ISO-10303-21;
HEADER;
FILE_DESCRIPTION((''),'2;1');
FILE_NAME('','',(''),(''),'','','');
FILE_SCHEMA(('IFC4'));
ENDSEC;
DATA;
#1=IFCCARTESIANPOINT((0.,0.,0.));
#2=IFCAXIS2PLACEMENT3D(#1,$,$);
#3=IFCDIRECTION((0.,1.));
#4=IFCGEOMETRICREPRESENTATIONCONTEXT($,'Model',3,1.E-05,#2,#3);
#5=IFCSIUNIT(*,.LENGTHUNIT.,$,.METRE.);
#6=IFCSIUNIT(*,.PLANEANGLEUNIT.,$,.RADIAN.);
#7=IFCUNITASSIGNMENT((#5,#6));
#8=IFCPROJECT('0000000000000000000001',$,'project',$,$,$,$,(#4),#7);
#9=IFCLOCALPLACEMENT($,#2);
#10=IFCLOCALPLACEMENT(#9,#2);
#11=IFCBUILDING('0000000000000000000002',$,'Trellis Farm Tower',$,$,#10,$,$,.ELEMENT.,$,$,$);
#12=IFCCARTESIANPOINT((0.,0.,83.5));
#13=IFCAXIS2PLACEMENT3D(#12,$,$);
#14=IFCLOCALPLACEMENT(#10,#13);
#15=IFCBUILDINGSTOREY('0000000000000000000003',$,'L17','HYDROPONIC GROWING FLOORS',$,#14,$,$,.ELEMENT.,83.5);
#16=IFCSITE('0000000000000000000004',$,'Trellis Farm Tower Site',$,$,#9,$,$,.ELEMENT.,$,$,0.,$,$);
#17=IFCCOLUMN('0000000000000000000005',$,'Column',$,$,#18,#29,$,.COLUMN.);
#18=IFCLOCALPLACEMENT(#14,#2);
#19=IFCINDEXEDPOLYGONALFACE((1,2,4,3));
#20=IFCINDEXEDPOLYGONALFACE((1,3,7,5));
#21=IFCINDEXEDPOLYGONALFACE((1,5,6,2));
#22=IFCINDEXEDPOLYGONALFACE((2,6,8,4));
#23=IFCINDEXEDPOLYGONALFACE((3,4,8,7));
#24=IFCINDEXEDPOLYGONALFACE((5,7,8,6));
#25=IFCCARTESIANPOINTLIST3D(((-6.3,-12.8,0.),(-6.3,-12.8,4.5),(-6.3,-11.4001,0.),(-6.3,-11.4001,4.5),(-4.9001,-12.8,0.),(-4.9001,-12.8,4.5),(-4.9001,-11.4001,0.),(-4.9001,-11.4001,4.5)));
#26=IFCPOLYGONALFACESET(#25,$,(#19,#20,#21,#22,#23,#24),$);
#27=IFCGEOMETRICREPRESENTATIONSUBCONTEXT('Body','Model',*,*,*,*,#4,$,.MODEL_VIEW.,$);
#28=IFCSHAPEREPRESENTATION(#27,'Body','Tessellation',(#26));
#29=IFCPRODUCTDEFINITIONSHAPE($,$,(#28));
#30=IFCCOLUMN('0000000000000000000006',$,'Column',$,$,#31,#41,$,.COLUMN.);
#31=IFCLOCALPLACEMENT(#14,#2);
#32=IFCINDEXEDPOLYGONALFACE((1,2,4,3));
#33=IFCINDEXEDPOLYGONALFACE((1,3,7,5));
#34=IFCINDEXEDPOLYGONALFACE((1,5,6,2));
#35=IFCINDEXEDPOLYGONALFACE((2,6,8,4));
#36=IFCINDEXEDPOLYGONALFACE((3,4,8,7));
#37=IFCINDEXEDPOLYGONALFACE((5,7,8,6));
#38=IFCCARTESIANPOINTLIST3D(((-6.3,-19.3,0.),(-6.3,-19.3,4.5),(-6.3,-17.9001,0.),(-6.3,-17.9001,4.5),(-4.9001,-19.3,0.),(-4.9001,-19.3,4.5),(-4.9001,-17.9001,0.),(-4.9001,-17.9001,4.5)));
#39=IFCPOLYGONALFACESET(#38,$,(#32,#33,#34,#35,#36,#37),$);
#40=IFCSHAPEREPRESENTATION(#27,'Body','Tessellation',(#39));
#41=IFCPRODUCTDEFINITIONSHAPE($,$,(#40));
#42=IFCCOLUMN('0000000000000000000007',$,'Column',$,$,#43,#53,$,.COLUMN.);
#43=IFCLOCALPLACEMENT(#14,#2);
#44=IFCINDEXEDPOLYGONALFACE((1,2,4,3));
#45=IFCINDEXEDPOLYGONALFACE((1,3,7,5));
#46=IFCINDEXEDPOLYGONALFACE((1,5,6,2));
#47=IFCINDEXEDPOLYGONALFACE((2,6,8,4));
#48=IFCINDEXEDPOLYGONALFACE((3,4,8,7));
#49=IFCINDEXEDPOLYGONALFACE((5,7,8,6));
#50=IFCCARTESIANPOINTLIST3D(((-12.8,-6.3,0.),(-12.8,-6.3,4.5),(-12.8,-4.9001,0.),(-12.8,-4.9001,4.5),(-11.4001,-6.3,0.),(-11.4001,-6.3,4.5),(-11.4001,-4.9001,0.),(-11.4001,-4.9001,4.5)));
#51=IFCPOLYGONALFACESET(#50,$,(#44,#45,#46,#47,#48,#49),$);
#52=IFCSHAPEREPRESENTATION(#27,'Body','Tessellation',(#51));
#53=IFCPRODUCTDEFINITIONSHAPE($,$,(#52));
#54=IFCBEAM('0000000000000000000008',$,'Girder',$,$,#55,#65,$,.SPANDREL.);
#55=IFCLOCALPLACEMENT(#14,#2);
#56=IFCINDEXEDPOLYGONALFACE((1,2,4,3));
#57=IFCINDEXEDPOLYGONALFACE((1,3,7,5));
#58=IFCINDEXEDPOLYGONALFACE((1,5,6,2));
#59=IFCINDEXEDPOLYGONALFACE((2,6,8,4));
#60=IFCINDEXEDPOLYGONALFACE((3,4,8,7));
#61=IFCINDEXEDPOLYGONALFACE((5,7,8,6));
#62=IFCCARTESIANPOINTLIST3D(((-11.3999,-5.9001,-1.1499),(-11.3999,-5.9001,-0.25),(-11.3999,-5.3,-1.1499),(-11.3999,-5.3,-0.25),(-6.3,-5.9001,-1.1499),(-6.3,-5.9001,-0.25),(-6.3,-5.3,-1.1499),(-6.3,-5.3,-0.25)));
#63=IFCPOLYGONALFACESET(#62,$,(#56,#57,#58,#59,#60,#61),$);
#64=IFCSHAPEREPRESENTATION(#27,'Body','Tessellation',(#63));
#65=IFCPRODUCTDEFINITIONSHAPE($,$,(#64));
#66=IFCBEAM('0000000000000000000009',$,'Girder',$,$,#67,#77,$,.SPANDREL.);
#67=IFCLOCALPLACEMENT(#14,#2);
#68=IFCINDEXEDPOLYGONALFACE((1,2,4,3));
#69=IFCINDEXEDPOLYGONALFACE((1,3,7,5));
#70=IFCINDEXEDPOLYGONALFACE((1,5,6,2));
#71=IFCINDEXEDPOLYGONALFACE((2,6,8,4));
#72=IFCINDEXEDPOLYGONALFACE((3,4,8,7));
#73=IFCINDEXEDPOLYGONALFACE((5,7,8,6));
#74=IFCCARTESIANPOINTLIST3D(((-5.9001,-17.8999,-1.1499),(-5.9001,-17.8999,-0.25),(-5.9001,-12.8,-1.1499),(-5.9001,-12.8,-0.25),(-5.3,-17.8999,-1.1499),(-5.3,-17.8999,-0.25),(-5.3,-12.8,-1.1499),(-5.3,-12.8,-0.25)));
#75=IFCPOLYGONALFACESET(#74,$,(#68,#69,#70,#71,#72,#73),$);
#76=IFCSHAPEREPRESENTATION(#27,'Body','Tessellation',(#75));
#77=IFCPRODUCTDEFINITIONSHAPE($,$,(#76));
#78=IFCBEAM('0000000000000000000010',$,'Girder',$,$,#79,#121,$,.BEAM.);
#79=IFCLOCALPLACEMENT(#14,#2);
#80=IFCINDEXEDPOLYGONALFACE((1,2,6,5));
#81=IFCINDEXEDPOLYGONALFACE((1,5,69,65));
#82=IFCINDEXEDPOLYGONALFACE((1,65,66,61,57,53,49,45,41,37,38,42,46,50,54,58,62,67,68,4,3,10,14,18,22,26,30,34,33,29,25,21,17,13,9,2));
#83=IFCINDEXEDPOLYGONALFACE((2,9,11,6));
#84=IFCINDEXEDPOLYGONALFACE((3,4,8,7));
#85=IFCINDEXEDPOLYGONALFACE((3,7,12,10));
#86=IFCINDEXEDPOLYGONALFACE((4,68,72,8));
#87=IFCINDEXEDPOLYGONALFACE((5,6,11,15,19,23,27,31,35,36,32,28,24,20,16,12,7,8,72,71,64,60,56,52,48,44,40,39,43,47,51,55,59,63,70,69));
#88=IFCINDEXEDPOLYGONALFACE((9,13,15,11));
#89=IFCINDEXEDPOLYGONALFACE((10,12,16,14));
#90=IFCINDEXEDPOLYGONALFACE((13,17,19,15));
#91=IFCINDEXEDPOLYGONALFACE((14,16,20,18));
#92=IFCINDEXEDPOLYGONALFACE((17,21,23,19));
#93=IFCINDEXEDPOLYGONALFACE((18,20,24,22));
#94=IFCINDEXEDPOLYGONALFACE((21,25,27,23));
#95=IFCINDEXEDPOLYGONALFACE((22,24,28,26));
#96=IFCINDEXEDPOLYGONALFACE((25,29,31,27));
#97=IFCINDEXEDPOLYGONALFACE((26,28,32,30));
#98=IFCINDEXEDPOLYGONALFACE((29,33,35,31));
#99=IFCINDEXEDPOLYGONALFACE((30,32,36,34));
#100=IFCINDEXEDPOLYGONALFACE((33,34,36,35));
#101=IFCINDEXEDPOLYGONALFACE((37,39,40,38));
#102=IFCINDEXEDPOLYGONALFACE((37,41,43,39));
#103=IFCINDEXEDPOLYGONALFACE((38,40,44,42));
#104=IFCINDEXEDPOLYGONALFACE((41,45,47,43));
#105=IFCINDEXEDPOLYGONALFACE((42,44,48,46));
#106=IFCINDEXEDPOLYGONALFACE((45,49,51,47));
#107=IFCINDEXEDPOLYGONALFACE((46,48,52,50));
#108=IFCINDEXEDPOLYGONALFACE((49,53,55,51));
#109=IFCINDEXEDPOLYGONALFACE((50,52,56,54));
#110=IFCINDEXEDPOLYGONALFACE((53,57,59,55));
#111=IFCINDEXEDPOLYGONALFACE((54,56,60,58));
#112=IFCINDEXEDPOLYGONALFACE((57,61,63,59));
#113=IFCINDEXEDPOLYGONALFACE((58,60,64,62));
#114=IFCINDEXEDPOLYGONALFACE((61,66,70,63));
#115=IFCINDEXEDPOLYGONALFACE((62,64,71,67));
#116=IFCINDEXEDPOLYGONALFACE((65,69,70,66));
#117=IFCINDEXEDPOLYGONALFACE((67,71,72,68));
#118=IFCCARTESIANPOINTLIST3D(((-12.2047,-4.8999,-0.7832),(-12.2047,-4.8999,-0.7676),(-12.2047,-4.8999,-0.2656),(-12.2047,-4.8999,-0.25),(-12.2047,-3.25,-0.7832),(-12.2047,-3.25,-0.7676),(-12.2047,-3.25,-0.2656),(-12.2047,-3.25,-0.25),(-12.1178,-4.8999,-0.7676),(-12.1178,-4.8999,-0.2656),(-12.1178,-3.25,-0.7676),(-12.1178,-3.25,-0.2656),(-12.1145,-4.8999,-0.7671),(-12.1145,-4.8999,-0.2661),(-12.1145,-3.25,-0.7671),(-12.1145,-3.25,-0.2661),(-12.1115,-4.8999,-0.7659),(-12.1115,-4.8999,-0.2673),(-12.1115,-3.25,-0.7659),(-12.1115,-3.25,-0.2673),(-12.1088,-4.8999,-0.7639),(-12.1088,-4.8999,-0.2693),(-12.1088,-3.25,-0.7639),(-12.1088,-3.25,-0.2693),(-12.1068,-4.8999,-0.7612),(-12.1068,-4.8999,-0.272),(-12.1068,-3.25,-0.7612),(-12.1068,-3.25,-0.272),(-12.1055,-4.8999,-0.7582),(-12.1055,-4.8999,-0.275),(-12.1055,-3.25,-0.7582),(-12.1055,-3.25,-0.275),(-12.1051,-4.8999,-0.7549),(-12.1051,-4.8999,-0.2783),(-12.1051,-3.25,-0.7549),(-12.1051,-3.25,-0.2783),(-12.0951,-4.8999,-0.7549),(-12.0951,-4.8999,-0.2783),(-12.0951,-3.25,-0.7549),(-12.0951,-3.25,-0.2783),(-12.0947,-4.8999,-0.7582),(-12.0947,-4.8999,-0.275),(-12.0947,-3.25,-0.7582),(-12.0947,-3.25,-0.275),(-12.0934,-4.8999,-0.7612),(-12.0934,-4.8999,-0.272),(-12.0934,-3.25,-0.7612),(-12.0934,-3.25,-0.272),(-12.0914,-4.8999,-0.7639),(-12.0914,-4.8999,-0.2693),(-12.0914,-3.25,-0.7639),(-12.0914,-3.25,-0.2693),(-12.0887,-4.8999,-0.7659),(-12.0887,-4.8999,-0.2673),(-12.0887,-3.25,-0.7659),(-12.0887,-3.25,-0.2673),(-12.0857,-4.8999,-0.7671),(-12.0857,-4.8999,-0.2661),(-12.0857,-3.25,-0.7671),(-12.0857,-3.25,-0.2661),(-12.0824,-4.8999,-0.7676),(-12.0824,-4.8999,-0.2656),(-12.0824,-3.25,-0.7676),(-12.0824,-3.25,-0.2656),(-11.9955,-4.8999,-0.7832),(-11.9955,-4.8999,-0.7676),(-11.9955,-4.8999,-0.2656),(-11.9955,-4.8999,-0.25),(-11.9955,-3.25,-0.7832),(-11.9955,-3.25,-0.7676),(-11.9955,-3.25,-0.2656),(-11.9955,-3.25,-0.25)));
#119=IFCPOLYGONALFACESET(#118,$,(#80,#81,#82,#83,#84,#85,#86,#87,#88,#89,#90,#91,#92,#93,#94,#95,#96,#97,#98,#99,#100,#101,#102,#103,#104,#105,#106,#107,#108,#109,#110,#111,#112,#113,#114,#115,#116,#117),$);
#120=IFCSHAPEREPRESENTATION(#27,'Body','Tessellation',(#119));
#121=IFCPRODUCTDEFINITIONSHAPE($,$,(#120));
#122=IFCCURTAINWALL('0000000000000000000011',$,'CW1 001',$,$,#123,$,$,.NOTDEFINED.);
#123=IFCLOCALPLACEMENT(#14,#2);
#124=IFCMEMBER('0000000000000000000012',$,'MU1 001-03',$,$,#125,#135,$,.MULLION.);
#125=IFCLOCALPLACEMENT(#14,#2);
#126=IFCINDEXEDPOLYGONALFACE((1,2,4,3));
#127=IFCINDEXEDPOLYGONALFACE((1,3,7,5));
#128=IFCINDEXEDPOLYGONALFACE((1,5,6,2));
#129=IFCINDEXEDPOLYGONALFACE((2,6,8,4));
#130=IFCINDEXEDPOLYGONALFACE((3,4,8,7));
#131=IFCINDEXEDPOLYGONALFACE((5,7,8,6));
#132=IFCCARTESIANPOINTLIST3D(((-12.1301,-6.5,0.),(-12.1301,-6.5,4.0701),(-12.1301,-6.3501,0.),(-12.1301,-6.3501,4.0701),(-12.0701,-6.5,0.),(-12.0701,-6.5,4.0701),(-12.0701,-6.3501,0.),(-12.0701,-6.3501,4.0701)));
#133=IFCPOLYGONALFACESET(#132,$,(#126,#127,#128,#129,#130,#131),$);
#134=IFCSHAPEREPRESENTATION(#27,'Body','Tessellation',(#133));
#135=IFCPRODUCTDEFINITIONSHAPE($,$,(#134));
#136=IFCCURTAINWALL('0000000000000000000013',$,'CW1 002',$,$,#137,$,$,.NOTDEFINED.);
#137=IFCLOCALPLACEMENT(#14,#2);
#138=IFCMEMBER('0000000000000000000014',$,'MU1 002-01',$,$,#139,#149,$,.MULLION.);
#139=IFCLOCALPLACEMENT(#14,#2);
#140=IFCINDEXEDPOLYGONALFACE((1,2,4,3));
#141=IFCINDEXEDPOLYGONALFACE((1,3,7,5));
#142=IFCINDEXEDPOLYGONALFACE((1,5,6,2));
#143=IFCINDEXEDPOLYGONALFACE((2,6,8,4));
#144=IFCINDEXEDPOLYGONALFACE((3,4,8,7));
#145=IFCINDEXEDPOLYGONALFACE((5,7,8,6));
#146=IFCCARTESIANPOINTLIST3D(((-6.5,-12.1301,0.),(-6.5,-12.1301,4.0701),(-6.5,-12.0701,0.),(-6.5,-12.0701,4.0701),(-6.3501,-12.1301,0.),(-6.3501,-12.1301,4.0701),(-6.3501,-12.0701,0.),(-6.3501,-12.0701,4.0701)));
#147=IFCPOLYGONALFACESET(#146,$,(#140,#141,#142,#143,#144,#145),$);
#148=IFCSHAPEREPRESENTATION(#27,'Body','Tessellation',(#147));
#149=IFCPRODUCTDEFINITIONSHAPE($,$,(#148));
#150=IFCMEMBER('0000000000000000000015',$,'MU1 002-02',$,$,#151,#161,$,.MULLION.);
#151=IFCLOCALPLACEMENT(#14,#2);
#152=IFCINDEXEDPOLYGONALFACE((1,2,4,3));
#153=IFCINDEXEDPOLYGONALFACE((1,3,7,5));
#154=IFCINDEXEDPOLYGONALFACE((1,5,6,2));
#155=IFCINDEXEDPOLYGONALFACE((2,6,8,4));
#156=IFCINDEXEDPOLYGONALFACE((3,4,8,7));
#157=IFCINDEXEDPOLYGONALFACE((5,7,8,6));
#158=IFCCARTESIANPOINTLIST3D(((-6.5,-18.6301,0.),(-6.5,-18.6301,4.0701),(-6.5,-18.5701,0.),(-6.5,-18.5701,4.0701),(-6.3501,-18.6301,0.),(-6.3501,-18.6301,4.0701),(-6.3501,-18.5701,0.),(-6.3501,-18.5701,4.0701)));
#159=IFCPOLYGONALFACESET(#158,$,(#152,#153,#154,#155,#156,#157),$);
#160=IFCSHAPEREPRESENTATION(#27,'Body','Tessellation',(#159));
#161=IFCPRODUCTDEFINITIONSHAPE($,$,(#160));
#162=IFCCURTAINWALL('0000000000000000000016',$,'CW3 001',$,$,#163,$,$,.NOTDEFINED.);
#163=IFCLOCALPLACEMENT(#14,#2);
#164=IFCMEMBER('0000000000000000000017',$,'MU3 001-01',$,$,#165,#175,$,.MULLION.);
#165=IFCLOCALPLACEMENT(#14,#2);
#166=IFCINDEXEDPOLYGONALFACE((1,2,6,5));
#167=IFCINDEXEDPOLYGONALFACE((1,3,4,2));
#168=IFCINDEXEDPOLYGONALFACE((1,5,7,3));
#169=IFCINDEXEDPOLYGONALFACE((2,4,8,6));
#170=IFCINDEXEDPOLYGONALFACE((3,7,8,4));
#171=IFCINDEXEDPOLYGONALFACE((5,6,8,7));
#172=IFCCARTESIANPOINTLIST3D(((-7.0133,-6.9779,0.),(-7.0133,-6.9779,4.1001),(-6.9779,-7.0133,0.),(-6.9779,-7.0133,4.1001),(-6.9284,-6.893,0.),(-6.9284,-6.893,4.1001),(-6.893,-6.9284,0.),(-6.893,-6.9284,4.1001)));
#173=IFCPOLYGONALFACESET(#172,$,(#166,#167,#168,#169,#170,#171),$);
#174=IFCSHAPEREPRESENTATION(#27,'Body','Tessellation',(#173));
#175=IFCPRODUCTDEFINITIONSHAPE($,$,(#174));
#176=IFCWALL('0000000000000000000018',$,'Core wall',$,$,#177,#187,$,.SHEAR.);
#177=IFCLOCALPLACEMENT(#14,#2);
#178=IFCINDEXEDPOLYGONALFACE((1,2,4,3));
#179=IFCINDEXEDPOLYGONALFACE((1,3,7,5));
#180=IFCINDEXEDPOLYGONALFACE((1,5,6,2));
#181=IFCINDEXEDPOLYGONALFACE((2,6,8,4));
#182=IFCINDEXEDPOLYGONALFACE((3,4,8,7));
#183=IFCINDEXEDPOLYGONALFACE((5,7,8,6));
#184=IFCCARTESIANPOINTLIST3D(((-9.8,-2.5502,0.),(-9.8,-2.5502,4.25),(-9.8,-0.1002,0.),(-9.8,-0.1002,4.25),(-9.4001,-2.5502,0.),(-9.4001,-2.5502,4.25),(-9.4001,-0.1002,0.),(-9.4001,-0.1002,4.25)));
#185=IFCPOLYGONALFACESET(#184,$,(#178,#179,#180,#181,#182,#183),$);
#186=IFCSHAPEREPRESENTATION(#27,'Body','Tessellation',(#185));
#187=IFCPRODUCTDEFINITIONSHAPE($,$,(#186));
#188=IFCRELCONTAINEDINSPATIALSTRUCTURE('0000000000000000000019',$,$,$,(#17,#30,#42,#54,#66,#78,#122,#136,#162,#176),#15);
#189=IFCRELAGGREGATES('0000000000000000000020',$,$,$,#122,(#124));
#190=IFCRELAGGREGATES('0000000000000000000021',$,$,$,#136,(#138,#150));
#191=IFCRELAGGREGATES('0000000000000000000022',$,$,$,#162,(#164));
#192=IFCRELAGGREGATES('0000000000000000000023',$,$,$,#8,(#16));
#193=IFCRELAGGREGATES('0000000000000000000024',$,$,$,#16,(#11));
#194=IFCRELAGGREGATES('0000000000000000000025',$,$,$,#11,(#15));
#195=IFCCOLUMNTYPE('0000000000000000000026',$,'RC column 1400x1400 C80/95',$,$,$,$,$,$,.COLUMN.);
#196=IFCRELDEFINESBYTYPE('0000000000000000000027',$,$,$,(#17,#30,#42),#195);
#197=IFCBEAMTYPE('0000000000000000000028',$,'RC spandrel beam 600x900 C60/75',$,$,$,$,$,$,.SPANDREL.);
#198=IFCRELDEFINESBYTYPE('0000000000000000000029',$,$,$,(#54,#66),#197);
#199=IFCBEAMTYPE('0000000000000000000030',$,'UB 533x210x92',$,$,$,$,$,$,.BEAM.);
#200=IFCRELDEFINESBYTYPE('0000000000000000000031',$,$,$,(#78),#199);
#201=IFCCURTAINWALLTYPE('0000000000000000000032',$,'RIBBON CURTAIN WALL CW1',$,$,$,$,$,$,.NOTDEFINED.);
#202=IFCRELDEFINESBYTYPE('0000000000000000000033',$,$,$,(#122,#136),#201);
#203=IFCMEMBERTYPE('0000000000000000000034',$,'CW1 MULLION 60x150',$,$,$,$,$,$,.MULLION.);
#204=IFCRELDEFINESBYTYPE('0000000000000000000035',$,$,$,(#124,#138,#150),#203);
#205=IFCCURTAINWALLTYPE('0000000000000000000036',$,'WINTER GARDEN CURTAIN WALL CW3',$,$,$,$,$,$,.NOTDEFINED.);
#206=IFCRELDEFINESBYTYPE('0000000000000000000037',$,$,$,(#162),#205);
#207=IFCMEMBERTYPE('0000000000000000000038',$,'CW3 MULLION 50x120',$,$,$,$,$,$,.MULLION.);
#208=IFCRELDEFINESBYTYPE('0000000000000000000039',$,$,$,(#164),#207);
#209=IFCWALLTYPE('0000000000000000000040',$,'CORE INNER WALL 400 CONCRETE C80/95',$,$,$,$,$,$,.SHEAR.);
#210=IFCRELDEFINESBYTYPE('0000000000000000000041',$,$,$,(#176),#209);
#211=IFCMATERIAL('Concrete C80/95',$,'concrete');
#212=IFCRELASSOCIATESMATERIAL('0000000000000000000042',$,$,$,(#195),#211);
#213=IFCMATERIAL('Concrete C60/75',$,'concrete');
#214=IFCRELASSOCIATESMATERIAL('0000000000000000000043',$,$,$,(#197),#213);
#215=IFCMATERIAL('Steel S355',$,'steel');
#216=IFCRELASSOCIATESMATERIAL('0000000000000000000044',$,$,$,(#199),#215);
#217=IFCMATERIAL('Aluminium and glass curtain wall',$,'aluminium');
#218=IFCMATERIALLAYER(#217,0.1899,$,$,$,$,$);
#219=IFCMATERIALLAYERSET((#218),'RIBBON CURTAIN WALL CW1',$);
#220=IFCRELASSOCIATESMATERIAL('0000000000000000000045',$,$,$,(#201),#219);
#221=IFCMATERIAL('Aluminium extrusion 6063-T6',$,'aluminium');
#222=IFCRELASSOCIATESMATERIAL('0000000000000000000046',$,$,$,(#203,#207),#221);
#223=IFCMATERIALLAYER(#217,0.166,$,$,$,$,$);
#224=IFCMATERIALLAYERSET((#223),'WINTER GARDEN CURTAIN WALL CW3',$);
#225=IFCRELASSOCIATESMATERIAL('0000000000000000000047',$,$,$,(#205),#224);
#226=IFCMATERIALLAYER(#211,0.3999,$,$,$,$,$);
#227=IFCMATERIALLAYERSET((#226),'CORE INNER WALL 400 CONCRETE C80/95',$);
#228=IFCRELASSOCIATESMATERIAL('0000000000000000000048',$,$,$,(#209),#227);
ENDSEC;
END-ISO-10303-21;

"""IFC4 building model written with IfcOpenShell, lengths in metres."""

from ifc_helpers import new_model, si_unit, direction, frame, frame_2d, origin, origin_2d, place, context, subcontext, project, spatial, rectangle, i_section, extrude, source, transform, mapped, material, layer, layer_set, material_profile, profile_set, type_object, element, aggregate, save


model = new_model("IFC4")

# Units and contexts
model_context = context("Model", 3, precision=1e-05, world=origin(), true_north=direction((0.0, 1.0)))
body_context = subcontext(model_context, "Body", "Model", "MODEL_VIEW")
ifc_project = project(units=[si_unit("LENGTHUNIT", "METRE"), si_unit("PLANEANGLEUNIT", "RADIAN")], contexts=[model_context])

# Site, building, storey
site_placement = place(None, origin())
site = spatial("IfcSite", under=ifc_project, at=site_placement, Name="Trellis Farm Tower Site", CompositionType="ELEMENT", RefElevation=0.0)
building_placement = place(site_placement, origin())
building = spatial("IfcBuilding", under=site, at=building_placement, Name="Trellis Farm Tower", CompositionType="ELEMENT")
storey_placement = place(building_placement, frame((0.0, 0.0, 83.5)))
storey = spatial("IfcBuildingStorey", under=building, at=storey_placement, Name="L17", Description="HYDROPONIC GROWING FLOORS", CompositionType="ELEMENT", Elevation=83.5)

# Columns
ifc_material_1 = material(Name="Concrete C80/95", Category="concrete")
ifc_material_profile_1 = material_profile(ifc_material_1, rectangle(XDim=1.3999, YDim=1.3999, at=origin_2d()), Name="RC column 1400x1400 C80/95")
ifc_profile_set_1 = profile_set([ifc_material_profile_1], Name="Concrete C80/95")
column_type = type_object("IfcColumnType", Name="RC column 1400x1400 C80/95", PredefinedType="COLUMN", material=ifc_profile_set_1)
shared_shape_1 = source(origin(), body_context, "Body", "SweptSolid", [
    extrude(rectangle(XDim=1.3999, YDim=1.3999, at=origin_2d()), origin(), (0.0, 0.0, 1.0), 4.5),
])
for number, where, z_axis, x_axis, name in (
    (1, (-5.6001, -12.1001, 0.0), (0.0, 0.0, 1.0), (1.0, 0.0, 0.0), "Column"),
    (2, (-5.6001, -18.6001, 0.0), (0.0, 0.0, 1.0), (1.0, 0.0, 0.0), "Column"),
    (3, (-12.1001, -5.6001, 0.0), (0.0, 0.0, 1.0), (1.0, 0.0, 0.0), "Column"),
):
    element("IfcColumn", number, at=place(storey_placement, frame(where, z_axis=z_axis, x_axis=x_axis)), inside=storey, type_object=column_type, Name=name, PredefinedType="COLUMN", context=body_context, shape_type="MappedRepresentation", body=[
        mapped(shared_shape_1, transform((0.0, 0.0, 0.0))),
    ])

# Beams
ifc_material_2 = material(Name="Concrete C60/75", Category="concrete")
ifc_material_profile_2 = material_profile(ifc_material_2, rectangle(XDim=0.6001, YDim=0.8999, at=origin_2d()), Name="RC spandrel beam 600x900 C60/75")
ifc_profile_set_2 = profile_set([ifc_material_profile_2], Name="Concrete C60/75")
beam_type_1 = type_object("IfcBeamType", Name="RC spandrel beam 600x900 C60/75", PredefinedType="SPANDREL", material=ifc_profile_set_2)
shared_shape_2 = source(origin(), body_context, "Body", "SweptSolid", [
    extrude(rectangle(XDim=0.6001, YDim=0.8999, at=origin_2d()), origin(), (0.0, 0.0, 1.0), 5.0999),
])
for number, where, z_axis, x_axis, name in (
    (4, (-11.3999, -5.6001, -0.7), (1.0, 0.0, 0.0), (0.0, 1.0, 0.0), "Girder"),
    (5, (-5.6001, -17.8999, -0.7), (0.0, 1.0, 0.0), (-1.0, 0.0, 0.0), "Girder"),
):
    element("IfcBeam", number, at=place(storey_placement, frame(where, z_axis=z_axis, x_axis=x_axis)), inside=storey, type_object=beam_type_1, Name=name, PredefinedType="SPANDREL", context=body_context, shape_type="MappedRepresentation", body=[
        mapped(shared_shape_2, transform((0.0, 0.0, 0.0))),
    ])
ifc_material_3 = material(Name="Steel S355", Category="steel")
ifc_material_profile_3 = material_profile(ifc_material_3, i_section(OverallWidth=0.2092, OverallDepth=0.5332, WebThickness=0.01, FlangeThickness=0.0156, FilletRadius=0.0127, at=origin_2d()), Name="UB 533x210x92")
ifc_profile_set_3 = profile_set([ifc_material_profile_3], Name="Steel S355")
beam_type_2 = type_object("IfcBeamType", Name="UB 533x210x92", PredefinedType="BEAM", material=ifc_profile_set_3)
shared_shape_3 = source(origin(), body_context, "Body", "SweptSolid", [
    extrude(i_section(OverallWidth=0.2092, OverallDepth=0.5332, WebThickness=0.01, FlangeThickness=0.0156, FilletRadius=0.0127, at=origin_2d()), origin(), (0.0, 0.0, 1.0), 1.6499),
])
beam_placement = place(storey_placement, frame((-12.1001, -4.8999, -0.5166), z_axis=(0.0, 1.0, 0.0), x_axis=(-1.0, 0.0, 0.0)))
element("IfcBeam", 6, at=beam_placement, inside=storey, type_object=beam_type_2, Name="Girder", PredefinedType="BEAM", context=body_context, shape_type="MappedRepresentation", body=[
    mapped(shared_shape_3, transform((0.0, 0.0, 0.0))),
])

# Curtain wall, member
ifc_material_4 = material(Name="Aluminium and glass curtain wall", Category="aluminium")
ifc_layer_1 = layer(ifc_material_4, 0.1899)
ifc_layer_set_1 = layer_set([ifc_layer_1], Name="RIBBON CURTAIN WALL CW1")
curtain_wall_type_1 = type_object("IfcCurtainWallType", Name="RIBBON CURTAIN WALL CW1", PredefinedType="NOTDEFINED", material=ifc_layer_set_1)
placement = place(storey_placement, origin())
curtain_wall_1 = element("IfcCurtainWall", 7, at=placement, inside=storey, type_object=curtain_wall_type_1, Name="CW1 001", PredefinedType="NOTDEFINED")
ifc_material_5 = material(Name="Aluminium extrusion 6063-T6", Category="aluminium")
ifc_material_profile_4 = material_profile(ifc_material_5, rectangle(XDim=0.0601, YDim=0.1499, at=origin_2d()), Name="MULLION 60x150")
ifc_profile_set_4 = profile_set([ifc_material_profile_4], Name="Aluminium extrusion 6063-T6")
member_type_1 = type_object("IfcMemberType", Name="CW1 MULLION 60x150", PredefinedType="MULLION", material=ifc_profile_set_4)
shared_shape_4 = source(origin(), body_context, "Body", "SweptSolid", [
    extrude(rectangle(XDim=0.0601, YDim=0.1499, at=origin_2d()), origin(), (0.0, 0.0, 1.0), 4.0701),
])
member_1_placement = place(storey_placement, frame((-12.1001, -6.425, 0.0), z_axis=(0.0, 0.0, 1.0), x_axis=(1.0, 0.0, 0.0)))
member_1 = element("IfcMember", 8, at=member_1_placement, type_object=member_type_1, Name="MU1 001-03", PredefinedType="MULLION", context=body_context, shape_type="MappedRepresentation", body=[
    mapped(shared_shape_4, transform((0.0, 0.0, 0.0))),
])
aggregate(curtain_wall_1, [member_1])

# Curtain wall, members
curtain_wall_2 = element("IfcCurtainWall", 9, at=placement, inside=storey, type_object=curtain_wall_type_1, Name="CW1 002", PredefinedType="NOTDEFINED")
member_2_placement = place(storey_placement, frame((-6.425, -12.1001, 0.0), z_axis=(0.0, 0.0, 1.0), x_axis=(0.0, -1.0, 0.0)))
member_2 = element("IfcMember", 10, at=member_2_placement, type_object=member_type_1, Name="MU1 002-01", PredefinedType="MULLION", context=body_context, shape_type="MappedRepresentation", body=[
    mapped(shared_shape_4, transform((0.0, 0.0, 0.0))),
])
member_3_placement = place(storey_placement, frame((-6.425, -18.6001, 0.0), z_axis=(0.0, 0.0, 1.0), x_axis=(0.0, -1.0, 0.0)))
member_3 = element("IfcMember", 11, at=member_3_placement, type_object=member_type_1, Name="MU1 002-02", PredefinedType="MULLION", context=body_context, shape_type="MappedRepresentation", body=[
    mapped(shared_shape_4, transform((0.0, 0.0, 0.0))),
])
aggregate(curtain_wall_2, [member_2, member_3])

# Curtain wall, member
ifc_layer_2 = layer(ifc_material_4, 0.166)
ifc_layer_set_2 = layer_set([ifc_layer_2], Name="WINTER GARDEN CURTAIN WALL CW3")
curtain_wall_type_2 = type_object("IfcCurtainWallType", Name="WINTER GARDEN CURTAIN WALL CW3", PredefinedType="NOTDEFINED", material=ifc_layer_set_2)
curtain_wall_3 = element("IfcCurtainWall", 12, at=placement, inside=storey, type_object=curtain_wall_type_2, Name="CW3 001", PredefinedType="NOTDEFINED")
ifc_material_profile_5 = material_profile(ifc_material_5, rectangle(XDim=0.05, YDim=0.1201, at=origin_2d()), Name="MULLION 50x120")
ifc_profile_set_5 = profile_set([ifc_material_profile_5], Name="Aluminium extrusion 6063-T6")
member_type_2 = type_object("IfcMemberType", Name="CW3 MULLION 50x120", PredefinedType="MULLION", material=ifc_profile_set_5)
shared_shape_5 = source(origin(), body_context, "Body", "SweptSolid", [
    extrude(rectangle(XDim=0.05, YDim=0.1201, at=origin_2d()), origin(), (0.0, 0.0, 1.0), 4.1001),
])
member_4_placement = place(storey_placement, frame((-6.9531, -6.9531, 0.0), z_axis=(0.0, 0.0, 1.0), x_axis=(0.707107, -0.707107, 0.0)))
member_4 = element("IfcMember", 13, at=member_4_placement, type_object=member_type_2, Name="MU3 001-01", PredefinedType="MULLION", context=body_context, shape_type="MappedRepresentation", body=[
    mapped(shared_shape_5, transform((0.0, 0.0, 0.0))),
])
aggregate(curtain_wall_3, [member_4])

# Wall
ifc_layer_3 = layer(ifc_material_1, 0.3999)
ifc_layer_set_3 = layer_set([ifc_layer_3], Name="CORE INNER WALL 400 CONCRETE C80/95")
wall_type_1 = type_object("IfcWallType", Name="CORE INNER WALL 400 CONCRETE C80/95", PredefinedType="SHEAR", material=ifc_layer_set_3)
shared_shape_6 = source(origin(), body_context, "Body", "SweptSolid", [
    extrude(rectangle(XDim=2.45, YDim=0.3999, at=frame_2d((1.2251, 0.0))), origin(), (0.0, 0.0, 1.0), 4.25),
])
for number, where, z_axis, x_axis, name in (
    (14, (-9.6001, -0.1001, 0.0), (0.0, 0.0, 1.0), (0.0, -1.0, 0.0), "Core wall"),
):
    element("IfcWall", number, at=place(storey_placement, frame(where, z_axis=z_axis, x_axis=x_axis)), inside=storey, type_object=wall_type_1, Name=name, PredefinedType="SHEAR", context=body_context, shape_type="MappedRepresentation", body=[
        mapped(shared_shape_6, transform((0.0, 0.0, 0.0))),
    ])

save(model, "model.ifc")
